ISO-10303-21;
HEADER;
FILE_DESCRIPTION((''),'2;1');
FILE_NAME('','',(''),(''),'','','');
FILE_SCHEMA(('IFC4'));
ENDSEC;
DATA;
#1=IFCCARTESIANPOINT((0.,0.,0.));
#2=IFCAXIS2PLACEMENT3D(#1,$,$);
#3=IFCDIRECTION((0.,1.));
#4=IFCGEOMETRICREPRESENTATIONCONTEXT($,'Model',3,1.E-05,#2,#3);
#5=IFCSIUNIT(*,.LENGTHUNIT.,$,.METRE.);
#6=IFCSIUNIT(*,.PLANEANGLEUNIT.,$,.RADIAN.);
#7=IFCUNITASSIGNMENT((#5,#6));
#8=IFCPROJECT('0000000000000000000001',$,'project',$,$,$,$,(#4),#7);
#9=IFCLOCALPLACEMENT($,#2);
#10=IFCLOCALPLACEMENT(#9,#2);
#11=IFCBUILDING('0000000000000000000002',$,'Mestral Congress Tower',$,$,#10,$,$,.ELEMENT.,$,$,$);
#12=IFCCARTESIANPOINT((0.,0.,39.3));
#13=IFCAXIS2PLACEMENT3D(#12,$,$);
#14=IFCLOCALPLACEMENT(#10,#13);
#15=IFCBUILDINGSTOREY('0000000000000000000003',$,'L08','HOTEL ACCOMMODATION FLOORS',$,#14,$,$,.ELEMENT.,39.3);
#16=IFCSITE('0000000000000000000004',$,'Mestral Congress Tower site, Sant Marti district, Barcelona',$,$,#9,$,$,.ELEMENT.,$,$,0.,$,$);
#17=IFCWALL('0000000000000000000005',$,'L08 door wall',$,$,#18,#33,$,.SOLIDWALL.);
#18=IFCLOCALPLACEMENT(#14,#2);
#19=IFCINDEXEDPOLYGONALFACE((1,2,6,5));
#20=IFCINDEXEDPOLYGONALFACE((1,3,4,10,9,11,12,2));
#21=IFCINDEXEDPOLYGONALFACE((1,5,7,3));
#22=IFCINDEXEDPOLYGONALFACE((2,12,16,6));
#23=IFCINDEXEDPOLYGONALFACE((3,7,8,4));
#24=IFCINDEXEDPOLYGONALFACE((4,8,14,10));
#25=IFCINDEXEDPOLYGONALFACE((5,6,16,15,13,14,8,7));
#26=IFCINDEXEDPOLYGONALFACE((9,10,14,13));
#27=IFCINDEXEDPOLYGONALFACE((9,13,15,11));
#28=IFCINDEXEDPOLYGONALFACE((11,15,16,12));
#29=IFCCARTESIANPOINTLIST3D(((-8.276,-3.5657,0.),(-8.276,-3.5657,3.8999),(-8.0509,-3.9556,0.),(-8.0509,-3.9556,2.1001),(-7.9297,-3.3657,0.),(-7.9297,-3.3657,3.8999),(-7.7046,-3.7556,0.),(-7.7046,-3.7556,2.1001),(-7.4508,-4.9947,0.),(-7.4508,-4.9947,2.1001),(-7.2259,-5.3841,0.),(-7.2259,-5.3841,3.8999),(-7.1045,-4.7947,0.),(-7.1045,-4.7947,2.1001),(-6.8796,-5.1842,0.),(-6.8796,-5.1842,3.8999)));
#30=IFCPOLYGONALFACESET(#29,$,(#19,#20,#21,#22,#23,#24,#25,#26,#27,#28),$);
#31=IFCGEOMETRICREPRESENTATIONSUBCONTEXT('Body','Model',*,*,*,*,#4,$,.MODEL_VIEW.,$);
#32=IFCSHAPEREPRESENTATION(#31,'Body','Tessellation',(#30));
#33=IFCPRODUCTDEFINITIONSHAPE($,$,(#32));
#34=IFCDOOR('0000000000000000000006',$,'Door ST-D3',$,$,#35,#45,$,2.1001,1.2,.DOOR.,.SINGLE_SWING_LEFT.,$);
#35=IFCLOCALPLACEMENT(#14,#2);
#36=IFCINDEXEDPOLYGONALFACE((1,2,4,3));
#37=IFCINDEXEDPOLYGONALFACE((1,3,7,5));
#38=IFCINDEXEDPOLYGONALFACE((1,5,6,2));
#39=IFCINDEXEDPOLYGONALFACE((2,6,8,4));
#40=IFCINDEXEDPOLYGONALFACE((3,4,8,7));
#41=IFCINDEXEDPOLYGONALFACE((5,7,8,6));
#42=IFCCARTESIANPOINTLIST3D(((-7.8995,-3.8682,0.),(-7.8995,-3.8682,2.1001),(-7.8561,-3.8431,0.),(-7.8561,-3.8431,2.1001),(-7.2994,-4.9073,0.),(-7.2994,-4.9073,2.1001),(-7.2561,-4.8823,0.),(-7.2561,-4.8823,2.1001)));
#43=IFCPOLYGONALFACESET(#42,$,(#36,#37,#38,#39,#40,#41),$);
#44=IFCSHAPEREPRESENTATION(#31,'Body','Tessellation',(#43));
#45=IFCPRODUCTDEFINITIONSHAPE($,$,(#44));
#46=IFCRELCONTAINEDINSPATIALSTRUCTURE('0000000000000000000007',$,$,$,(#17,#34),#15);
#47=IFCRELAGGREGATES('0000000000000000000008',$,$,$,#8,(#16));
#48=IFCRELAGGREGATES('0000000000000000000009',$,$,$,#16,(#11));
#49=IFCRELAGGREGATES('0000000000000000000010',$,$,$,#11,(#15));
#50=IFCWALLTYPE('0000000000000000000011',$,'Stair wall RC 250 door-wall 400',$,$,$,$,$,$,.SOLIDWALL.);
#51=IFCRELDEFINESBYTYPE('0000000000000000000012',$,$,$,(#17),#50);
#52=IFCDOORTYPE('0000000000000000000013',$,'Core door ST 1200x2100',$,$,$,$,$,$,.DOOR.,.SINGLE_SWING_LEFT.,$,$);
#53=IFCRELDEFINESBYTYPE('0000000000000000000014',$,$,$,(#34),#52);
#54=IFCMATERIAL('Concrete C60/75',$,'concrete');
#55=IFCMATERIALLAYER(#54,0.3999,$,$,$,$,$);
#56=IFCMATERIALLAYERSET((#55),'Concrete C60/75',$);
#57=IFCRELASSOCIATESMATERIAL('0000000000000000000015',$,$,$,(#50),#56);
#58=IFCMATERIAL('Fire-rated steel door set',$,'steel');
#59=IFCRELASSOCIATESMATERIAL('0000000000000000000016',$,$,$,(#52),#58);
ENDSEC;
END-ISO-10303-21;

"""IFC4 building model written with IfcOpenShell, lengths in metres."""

from ifc_helpers import new_model, si_unit, direction, frame, frame_2d, origin, place, context, subcontext, project, spatial, rectangle, extrude, material, layer, layer_set, type_object, element, fill, save


model = new_model("IFC4")

# Units and contexts
model_context = context("Model", 3, precision=1e-05, world=origin(), true_north=direction((0.0, 1.0)))
body_context = subcontext(model_context, "Body", "Model", "MODEL_VIEW")
ifc_project = project(units=[si_unit("LENGTHUNIT", "METRE"), si_unit("PLANEANGLEUNIT", "RADIAN")], contexts=[model_context])

# Site, building, storey
site_placement = place(None, origin())
site = spatial("IfcSite", under=ifc_project, at=site_placement, Name="Mestral Congress Tower site, Sant Marti district, Barcelona", CompositionType="ELEMENT", RefElevation=0.0)
building_placement = place(site_placement, origin())
building = spatial("IfcBuilding", under=site, at=building_placement, Name="Mestral Congress Tower", CompositionType="ELEMENT")
storey_placement = place(building_placement, frame((0.0, 0.0, 39.3)))
storey = spatial("IfcBuildingStorey", under=building, at=storey_placement, Name="L08", Description="HOTEL ACCOMMODATION FLOORS", CompositionType="ELEMENT", Elevation=39.3)

# Shared definitions
ifc_material_1 = material(Name="Fire-rated steel door set", Category="steel")

# Shared definitions
ifc_material_2 = material(Name="Concrete C60/75", Category="concrete")

# Wall, opening, door
ifc_layer_1 = layer(ifc_material_2, 0.3999)
ifc_layer_set_1 = layer_set([ifc_layer_1], Name="Concrete C60/75")
wall_type_1 = type_object("IfcWallType", Name="Stair wall RC 250 door-wall 400", PredefinedType="SOLIDWALL", material=ifc_layer_set_1)
wall_1_placement = place(storey_placement, frame((-8.1028, -3.4658, 0.0), z_axis=(0.0, 0.0, 1.0), x_axis=(0.500078, -0.86598, 0.0)))
wall_1 = element("IfcWall", 1, at=wall_1_placement, inside=storey, type_object=wall_type_1, Name="L08 door wall", PredefinedType="SOLIDWALL", context=body_context, shape_type="SweptSolid", body=[
    extrude(rectangle(XDim=2.0999, YDim=0.3999, at=frame_2d((1.0498, 0.0))), origin(), (0.0, 0.0, 1.0), 3.8999),
])
opening_1_placement = place(wall_1_placement, frame((0.45, 0.0, 0.0)))
opening_1 = element("IfcOpeningElement", 2, at=opening_1_placement, cuts=wall_1, PredefinedType="OPENING", context=body_context, shape_type="SweptSolid", body=[
    extrude(rectangle(XDim=1.2, YDim=2.1001, at=frame_2d((0.6001, 1.05))), frame((0.0, 0.21, 0.0), z_axis=(0.0, -1.0, 0.0), x_axis=(1.0, 0.0, 0.0)), (0.0, 0.0, 1.0), 0.4199),
])
door_type_1 = type_object("IfcDoorType", Name="Core door ST 1200x2100", OperationType="SINGLE_SWING_LEFT", PredefinedType="DOOR", material=ifc_material_1)
door_1_placement = place(opening_1_placement, origin())
door_1 = element("IfcDoor", 3, at=door_1_placement, inside=storey, type_object=door_type_1, Name="Door ST-D3", OperationType="SINGLE_SWING_LEFT", OverallHeight=2.1001, OverallWidth=1.2, PredefinedType="DOOR", context=body_context, shape_type="SweptSolid", body=[
    extrude(rectangle(XDim=1.2, YDim=2.1001, at=frame_2d((0.6001, 1.05))), frame((0.0, 0.0249, 0.0), z_axis=(0.0, -1.0, 0.0), x_axis=(1.0, 0.0, 0.0)), (0.0, 0.0, 1.0), 0.05),
])
fill(opening_1, door_1)

save(model, "model.ifc")
